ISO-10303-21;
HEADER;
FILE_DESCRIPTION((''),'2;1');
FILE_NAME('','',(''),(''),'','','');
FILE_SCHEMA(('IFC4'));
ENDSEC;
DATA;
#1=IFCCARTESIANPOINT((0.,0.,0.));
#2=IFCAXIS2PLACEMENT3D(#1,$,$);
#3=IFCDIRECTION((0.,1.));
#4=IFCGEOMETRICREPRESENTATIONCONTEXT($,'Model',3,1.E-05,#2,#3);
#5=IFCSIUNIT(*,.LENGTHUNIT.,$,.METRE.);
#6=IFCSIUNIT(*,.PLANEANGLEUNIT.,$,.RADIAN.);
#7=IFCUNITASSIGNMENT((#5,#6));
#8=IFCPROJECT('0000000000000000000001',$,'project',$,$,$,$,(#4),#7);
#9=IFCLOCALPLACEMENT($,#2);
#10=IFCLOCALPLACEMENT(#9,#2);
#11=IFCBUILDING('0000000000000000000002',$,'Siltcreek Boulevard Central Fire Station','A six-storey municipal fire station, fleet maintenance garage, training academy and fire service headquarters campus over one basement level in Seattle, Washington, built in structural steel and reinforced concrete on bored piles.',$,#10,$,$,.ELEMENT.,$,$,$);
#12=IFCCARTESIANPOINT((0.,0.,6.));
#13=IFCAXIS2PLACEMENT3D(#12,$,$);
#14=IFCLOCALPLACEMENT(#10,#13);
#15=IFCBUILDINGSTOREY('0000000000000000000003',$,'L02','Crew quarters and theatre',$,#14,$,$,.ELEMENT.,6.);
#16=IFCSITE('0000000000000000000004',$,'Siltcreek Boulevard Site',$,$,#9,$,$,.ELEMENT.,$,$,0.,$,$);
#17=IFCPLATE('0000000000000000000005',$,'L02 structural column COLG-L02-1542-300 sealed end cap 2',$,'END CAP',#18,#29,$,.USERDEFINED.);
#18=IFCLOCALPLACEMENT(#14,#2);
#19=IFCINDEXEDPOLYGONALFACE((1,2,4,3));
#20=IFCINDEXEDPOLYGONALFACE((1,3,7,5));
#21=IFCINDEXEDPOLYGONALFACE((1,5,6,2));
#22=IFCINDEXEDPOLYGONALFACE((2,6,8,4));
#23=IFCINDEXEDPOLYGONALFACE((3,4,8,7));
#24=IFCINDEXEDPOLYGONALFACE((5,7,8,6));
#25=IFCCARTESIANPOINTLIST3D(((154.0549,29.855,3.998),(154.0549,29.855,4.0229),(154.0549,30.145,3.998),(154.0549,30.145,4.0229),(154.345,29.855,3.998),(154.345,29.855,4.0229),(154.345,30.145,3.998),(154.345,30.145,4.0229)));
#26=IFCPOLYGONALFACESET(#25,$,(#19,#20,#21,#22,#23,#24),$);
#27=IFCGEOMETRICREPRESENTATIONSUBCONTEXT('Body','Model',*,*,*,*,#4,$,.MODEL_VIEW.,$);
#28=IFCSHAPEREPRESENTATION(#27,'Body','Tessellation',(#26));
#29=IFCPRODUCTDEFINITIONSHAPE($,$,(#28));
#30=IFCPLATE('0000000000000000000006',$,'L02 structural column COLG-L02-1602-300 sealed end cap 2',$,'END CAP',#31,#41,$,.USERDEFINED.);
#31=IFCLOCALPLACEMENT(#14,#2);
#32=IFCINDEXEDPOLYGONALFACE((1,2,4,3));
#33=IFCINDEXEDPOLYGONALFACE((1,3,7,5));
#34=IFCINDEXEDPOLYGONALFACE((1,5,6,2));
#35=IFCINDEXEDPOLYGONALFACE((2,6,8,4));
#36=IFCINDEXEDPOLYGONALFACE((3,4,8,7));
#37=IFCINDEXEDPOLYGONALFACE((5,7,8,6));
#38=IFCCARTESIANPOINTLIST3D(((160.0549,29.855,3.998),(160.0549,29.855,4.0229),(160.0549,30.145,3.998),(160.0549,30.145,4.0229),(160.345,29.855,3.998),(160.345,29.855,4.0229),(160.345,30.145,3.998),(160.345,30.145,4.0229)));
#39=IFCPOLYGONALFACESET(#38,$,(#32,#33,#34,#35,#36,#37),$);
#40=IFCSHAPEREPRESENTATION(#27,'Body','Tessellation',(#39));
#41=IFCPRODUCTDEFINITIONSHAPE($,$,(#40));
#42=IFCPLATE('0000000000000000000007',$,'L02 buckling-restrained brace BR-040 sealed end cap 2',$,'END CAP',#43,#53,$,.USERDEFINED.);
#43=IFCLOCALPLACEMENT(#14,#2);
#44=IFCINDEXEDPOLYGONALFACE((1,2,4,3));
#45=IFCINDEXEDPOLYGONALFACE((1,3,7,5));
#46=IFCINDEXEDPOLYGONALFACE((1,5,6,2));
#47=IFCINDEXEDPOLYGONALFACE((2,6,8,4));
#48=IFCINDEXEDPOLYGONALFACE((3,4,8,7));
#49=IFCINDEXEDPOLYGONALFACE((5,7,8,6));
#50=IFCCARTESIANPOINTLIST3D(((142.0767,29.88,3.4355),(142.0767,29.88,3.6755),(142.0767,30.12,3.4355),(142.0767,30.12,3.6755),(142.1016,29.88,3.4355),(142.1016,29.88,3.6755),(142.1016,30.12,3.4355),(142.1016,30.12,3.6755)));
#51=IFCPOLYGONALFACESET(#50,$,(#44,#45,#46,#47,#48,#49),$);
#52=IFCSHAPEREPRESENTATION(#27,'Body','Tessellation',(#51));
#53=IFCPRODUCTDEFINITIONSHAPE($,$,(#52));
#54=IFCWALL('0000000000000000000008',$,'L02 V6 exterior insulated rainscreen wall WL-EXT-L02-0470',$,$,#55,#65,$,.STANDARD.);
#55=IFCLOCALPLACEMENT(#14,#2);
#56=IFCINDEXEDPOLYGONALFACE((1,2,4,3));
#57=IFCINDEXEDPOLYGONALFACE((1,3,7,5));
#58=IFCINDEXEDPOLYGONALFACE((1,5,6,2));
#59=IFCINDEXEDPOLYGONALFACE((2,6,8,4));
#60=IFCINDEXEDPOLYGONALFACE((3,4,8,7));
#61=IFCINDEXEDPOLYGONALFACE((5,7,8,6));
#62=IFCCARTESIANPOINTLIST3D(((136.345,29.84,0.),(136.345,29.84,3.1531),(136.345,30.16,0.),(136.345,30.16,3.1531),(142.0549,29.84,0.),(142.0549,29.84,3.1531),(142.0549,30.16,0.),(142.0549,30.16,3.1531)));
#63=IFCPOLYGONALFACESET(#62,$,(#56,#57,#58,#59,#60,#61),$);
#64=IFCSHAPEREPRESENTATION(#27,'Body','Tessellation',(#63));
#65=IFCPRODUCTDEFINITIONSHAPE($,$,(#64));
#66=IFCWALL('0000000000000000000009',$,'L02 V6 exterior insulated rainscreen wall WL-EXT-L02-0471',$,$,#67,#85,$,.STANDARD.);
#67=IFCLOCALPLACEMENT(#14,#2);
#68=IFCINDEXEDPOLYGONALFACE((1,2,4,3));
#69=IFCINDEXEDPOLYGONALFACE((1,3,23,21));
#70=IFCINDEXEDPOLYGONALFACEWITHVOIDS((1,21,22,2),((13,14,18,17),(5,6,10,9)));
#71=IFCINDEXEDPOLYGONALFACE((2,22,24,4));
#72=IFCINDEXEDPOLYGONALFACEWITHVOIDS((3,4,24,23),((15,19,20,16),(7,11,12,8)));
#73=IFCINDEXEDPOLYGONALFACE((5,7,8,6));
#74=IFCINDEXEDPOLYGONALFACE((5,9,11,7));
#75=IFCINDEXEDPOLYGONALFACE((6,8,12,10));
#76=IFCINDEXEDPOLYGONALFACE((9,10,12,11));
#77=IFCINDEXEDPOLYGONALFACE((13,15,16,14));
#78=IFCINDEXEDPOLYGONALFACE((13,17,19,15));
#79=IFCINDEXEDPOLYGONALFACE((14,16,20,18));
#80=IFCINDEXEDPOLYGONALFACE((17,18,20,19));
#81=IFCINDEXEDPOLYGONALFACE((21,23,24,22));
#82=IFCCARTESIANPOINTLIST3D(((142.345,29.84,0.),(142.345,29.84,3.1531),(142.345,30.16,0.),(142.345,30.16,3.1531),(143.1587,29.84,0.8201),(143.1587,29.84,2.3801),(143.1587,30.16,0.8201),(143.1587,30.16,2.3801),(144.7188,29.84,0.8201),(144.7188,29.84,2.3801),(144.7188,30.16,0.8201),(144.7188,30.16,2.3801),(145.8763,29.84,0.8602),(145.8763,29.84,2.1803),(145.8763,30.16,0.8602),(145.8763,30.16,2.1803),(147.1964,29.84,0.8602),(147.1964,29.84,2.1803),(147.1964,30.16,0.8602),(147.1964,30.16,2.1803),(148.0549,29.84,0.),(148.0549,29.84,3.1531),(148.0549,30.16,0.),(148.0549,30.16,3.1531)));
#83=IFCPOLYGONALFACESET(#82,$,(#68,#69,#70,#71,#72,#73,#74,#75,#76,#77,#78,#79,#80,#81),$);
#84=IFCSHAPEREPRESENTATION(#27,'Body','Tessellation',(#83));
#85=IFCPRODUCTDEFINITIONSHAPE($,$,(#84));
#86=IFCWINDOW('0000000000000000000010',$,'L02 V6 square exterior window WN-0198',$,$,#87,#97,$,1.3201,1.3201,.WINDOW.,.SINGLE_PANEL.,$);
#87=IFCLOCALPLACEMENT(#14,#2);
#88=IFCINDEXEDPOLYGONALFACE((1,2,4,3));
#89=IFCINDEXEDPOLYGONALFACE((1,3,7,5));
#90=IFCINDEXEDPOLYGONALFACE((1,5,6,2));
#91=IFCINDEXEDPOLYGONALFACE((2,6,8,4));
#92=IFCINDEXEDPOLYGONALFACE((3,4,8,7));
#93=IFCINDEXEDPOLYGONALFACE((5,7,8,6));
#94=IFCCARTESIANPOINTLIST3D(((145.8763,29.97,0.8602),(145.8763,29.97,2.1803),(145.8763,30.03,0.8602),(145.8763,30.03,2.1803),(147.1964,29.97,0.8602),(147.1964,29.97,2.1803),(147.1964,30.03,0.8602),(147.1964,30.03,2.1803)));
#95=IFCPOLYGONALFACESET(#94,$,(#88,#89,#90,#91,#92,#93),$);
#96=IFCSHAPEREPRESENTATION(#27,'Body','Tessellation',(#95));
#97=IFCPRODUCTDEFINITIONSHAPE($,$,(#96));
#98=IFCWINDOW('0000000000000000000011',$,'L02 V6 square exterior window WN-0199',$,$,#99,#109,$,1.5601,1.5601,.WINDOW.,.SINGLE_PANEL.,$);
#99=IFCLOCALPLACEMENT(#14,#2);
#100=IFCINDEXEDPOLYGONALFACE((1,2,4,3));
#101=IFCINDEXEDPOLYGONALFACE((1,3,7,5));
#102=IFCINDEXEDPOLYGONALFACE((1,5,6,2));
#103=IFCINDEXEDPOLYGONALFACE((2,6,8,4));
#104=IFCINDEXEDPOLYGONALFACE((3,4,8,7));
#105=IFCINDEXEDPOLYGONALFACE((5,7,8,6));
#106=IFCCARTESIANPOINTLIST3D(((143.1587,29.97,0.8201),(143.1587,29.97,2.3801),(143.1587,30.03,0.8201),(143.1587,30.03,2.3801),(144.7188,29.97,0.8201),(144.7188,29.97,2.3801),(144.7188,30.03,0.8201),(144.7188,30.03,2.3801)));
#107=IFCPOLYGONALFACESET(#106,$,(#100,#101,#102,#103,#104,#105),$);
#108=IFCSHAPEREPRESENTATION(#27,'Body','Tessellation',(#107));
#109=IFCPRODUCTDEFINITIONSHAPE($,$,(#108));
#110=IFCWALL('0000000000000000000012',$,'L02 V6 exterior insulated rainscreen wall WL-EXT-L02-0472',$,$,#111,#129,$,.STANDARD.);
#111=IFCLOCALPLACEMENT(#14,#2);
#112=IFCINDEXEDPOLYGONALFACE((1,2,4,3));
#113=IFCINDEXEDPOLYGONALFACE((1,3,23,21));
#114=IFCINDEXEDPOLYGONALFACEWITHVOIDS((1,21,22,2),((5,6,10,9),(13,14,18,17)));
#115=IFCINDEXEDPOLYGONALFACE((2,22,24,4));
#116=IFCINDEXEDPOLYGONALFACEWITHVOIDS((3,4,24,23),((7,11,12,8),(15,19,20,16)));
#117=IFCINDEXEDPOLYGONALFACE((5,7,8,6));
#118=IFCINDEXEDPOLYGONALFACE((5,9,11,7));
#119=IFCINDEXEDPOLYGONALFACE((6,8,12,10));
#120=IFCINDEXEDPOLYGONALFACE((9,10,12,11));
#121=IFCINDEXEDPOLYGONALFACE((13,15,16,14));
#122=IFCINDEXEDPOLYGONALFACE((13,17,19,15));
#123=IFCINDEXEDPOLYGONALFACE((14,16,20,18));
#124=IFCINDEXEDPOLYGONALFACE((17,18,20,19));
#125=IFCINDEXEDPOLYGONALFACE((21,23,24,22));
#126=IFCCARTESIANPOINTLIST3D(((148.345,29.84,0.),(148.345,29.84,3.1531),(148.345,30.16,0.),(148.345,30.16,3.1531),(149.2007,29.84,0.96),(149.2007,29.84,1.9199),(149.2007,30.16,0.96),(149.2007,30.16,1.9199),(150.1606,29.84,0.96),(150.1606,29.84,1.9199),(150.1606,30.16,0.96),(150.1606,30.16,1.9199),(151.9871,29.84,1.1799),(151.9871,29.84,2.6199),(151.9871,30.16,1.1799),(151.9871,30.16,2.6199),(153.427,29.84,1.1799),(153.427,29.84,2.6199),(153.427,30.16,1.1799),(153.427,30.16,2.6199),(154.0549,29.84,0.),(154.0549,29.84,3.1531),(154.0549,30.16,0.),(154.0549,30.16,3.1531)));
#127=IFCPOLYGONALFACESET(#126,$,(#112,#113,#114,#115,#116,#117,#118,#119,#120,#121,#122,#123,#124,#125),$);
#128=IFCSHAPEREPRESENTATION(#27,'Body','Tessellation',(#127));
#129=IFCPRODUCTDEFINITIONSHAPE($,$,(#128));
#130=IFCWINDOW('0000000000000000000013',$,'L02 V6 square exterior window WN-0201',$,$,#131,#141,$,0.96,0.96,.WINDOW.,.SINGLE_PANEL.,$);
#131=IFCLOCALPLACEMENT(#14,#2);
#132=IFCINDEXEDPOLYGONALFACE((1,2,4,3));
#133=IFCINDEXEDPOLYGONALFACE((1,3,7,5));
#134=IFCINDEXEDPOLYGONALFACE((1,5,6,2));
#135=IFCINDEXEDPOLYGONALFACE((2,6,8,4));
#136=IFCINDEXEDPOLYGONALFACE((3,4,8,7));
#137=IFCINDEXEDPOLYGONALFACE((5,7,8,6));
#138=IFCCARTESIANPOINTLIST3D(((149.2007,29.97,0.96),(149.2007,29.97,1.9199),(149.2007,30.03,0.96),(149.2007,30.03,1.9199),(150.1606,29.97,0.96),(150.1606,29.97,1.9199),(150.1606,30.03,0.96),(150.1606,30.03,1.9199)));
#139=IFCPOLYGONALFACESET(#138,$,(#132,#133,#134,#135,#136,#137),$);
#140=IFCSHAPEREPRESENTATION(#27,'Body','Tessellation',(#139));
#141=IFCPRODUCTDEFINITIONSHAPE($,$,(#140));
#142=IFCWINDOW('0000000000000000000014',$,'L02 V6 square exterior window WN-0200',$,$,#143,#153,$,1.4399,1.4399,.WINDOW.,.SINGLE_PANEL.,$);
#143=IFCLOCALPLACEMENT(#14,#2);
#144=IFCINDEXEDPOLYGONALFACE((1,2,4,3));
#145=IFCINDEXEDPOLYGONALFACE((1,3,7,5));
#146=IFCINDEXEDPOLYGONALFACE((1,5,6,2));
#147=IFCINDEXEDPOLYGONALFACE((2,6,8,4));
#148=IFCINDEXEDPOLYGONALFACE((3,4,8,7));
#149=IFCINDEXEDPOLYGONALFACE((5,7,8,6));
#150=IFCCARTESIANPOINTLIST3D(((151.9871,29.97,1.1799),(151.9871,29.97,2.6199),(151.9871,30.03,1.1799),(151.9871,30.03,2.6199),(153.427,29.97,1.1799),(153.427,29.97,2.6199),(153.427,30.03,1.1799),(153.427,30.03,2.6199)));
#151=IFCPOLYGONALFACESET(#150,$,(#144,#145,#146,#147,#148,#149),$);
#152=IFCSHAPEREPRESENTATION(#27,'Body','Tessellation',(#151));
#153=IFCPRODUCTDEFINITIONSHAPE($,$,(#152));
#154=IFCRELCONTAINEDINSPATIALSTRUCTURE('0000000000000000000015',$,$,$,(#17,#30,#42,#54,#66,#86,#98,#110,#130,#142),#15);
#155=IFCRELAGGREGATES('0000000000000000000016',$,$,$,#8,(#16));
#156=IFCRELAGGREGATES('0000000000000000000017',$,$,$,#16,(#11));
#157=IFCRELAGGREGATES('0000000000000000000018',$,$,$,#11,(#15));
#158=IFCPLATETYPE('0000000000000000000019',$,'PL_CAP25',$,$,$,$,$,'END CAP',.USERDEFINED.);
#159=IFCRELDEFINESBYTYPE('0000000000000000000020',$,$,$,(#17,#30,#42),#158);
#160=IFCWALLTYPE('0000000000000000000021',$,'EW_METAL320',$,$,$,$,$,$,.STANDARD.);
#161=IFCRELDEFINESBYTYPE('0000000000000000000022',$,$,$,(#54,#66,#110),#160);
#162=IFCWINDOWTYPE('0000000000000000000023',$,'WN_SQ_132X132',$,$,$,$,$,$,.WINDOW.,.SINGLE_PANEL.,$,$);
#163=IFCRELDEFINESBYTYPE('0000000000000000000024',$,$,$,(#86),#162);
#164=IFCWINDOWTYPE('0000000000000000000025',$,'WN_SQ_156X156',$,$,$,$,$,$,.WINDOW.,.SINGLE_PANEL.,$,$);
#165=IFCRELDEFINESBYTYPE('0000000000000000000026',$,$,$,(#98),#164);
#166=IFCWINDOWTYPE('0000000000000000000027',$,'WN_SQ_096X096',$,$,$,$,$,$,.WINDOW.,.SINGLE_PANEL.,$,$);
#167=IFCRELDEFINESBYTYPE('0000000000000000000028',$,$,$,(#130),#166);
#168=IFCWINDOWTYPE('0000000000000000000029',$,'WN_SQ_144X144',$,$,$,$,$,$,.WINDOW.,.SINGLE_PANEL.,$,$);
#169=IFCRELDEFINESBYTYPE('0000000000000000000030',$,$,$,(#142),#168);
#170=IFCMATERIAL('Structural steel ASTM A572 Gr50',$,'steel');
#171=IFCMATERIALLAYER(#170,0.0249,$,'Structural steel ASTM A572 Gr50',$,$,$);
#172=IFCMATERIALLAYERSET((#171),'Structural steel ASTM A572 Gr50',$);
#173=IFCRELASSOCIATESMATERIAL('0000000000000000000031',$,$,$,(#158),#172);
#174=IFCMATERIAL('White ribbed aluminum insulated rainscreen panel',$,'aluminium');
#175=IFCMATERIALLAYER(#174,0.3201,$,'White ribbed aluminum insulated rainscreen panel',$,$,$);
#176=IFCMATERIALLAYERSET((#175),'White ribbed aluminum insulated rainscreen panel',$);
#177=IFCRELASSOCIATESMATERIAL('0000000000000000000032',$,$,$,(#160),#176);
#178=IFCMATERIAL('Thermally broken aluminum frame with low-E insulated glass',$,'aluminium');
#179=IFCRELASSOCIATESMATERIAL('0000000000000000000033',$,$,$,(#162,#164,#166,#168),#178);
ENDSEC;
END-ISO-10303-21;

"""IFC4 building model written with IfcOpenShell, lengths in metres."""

from ifc_helpers import new_model, si_unit, direction, frame, frame_2d, origin, origin_2d, place, context, subcontext, project, spatial, rectangle, extrude, material, layer, layer_set, type_object, element, fill, save


model = new_model("IFC4")

# Units and contexts
model_context = context("Model", 3, precision=1e-05, world=origin(), true_north=direction((0.0, 1.0)))
body_context = subcontext(model_context, "Body", "Model", "MODEL_VIEW")
ifc_project = project(units=[si_unit("LENGTHUNIT", "METRE"), si_unit("PLANEANGLEUNIT", "RADIAN")], contexts=[model_context])

# Site, building, storey
site_placement = place(None, origin())
site = spatial("IfcSite", under=ifc_project, at=site_placement, Name="Siltcreek Boulevard Site", CompositionType="ELEMENT", RefElevation=0.0)
building_placement = place(site_placement, origin())
building = spatial("IfcBuilding", under=site, at=building_placement, Name="Siltcreek Boulevard Central Fire Station", Description="A six-storey municipal fire station, fleet maintenance garage, training academy and fire service headquarters campus over one basement level in Seattle, Washington, built in structural steel and reinforced concrete on bored piles.", CompositionType="ELEMENT")
storey_placement = place(building_placement, frame((0.0, 0.0, 6.0)))
storey = spatial("IfcBuildingStorey", under=building, at=storey_placement, Name="L02", Description="Crew quarters and theatre", CompositionType="ELEMENT", Elevation=6.0)

# Plates
ifc_material_1 = material(Name="Structural steel ASTM A572 Gr50", Category="steel")
ifc_layer_1 = layer(ifc_material_1, 0.0249, Name="Structural steel ASTM A572 Gr50")
ifc_layer_set_1 = layer_set([ifc_layer_1], Name="Structural steel ASTM A572 Gr50")
plate_type = type_object("IfcPlateType", Name="PL_CAP25", ElementType="END CAP", PredefinedType="USERDEFINED", material=ifc_layer_set_1)
for number, where, z_axis, x_axis, name in (
    (1, (154.2, 30.0, 3.998), (0.0, 0.0, 1.0), (1.0, 0.0, 0.0), "L02 structural column COLG-L02-1542-300 sealed end cap 2"),
    (2, (160.2, 30.0, 3.998), (0.0, 0.0, 1.0), (1.0, 0.0, 0.0), "L02 structural column COLG-L02-1602-300 sealed end cap 2"),
):
    element("IfcPlate", number, at=place(storey_placement, frame(where, z_axis=z_axis, x_axis=x_axis)), inside=storey, type_object=plate_type, Name=name, ObjectType="END CAP", PredefinedType="USERDEFINED", context=body_context, shape_type="SweptSolid", body=[
        extrude(rectangle(XDim=0.29, YDim=0.29, at=origin_2d()), origin(), (0.0, 0.0, 1.0), 0.0249),
    ])
plate_placement = place(storey_placement, frame((142.0891, 30.0, 3.4355), z_axis=(0.0, 0.0, 1.0), x_axis=(1.0, 0.0, 0.0)))
element("IfcPlate", 3, at=plate_placement, inside=storey, type_object=plate_type, Name="L02 buckling-restrained brace BR-040 sealed end cap 2", ObjectType="END CAP", PredefinedType="USERDEFINED", context=body_context, shape_type="SweptSolid", body=[
    extrude(rectangle(XDim=0.0249, YDim=0.24, at=origin_2d()), origin(), (0.0, 0.0, 1.0), 0.24),
])

# Wall
ifc_material_2 = material(Name="White ribbed aluminum insulated rainscreen panel", Category="aluminium")
ifc_layer_2 = layer(ifc_material_2, 0.3201, Name="White ribbed aluminum insulated rainscreen panel")
ifc_layer_set_2 = layer_set([ifc_layer_2], Name="White ribbed aluminum insulated rainscreen panel")
wall_type = type_object("IfcWallType", Name="EW_METAL320", PredefinedType="STANDARD", material=ifc_layer_set_2)
wall_1_placement = place(storey_placement, frame((142.0549, 30.0, 0.0), z_axis=(0.0, 0.0, 1.0), x_axis=(-1.0, 0.0, 0.0)))
element("IfcWall", 4, at=wall_1_placement, inside=storey, type_object=wall_type, Name="L02 V6 exterior insulated rainscreen wall WL-EXT-L02-0470", PredefinedType="STANDARD", context=body_context, shape_type="SweptSolid", body=[
    extrude(rectangle(XDim=5.71, YDim=0.3201, at=frame_2d((2.855, 0.0))), origin(), (0.0, 0.0, 1.0), 3.1531),
])

# Walls, openings, windows
wall_2_placement = place(storey_placement, frame((148.0549, 30.0, 0.0), z_axis=(0.0, 0.0, 1.0), x_axis=(-1.0, 0.0, 0.0)))
wall_2 = element("IfcWall", 5, at=wall_2_placement, inside=storey, type_object=wall_type, Name="L02 V6 exterior insulated rainscreen wall WL-EXT-L02-0471", PredefinedType="STANDARD", context=body_context, shape_type="SweptSolid", body=[
    extrude(rectangle(XDim=5.71, YDim=0.3201, at=frame_2d((2.855, 0.0))), origin(), (0.0, 0.0, 1.0), 3.1531),
])
opening_1_placement = place(wall_2_placement, frame((0.8584, 0.0, 0.8601)))
opening_1 = element("IfcOpeningElement", 6, at=opening_1_placement, cuts=wall_2, PredefinedType="OPENING", context=body_context, shape_type="SweptSolid", body=[
    extrude(rectangle(XDim=1.3201, YDim=1.3201, at=frame_2d((0.6602, 0.6602))), frame((0.0, 0.1699, 0.0), z_axis=(0.0, -1.0, 0.0), x_axis=(1.0, 0.0, 0.0)), (0.0, 0.0, 1.0), 0.3401),
])
opening_2_placement = place(wall_2_placement, frame((3.3362, 0.0, 0.8201)))
opening_2 = element("IfcOpeningElement", 7, at=opening_2_placement, cuts=wall_2, PredefinedType="OPENING", context=body_context, shape_type="SweptSolid", body=[
    extrude(rectangle(XDim=1.5601, YDim=1.5601, at=frame_2d((0.78, 0.78))), frame((0.0, 0.1699, 0.0), z_axis=(0.0, -1.0, 0.0), x_axis=(1.0, 0.0, 0.0)), (0.0, 0.0, 1.0), 0.3401),
])
ifc_material_3 = material(Name="Thermally broken aluminum frame with low-E insulated glass", Category="aluminium")
window_type_1 = type_object("IfcWindowType", Name="WN_SQ_132X132", PartitioningType="SINGLE_PANEL", PredefinedType="WINDOW", material=ifc_material_3)
window_1_placement = place(opening_1_placement, origin())
window_1 = element("IfcWindow", 8, at=window_1_placement, inside=storey, type_object=window_type_1, Name="L02 V6 square exterior window WN-0198", OverallHeight=1.3201, OverallWidth=1.3201, PartitioningType="SINGLE_PANEL", PredefinedType="WINDOW", context=body_context, shape_type="SweptSolid", body=[
    extrude(rectangle(XDim=1.3201, YDim=1.3201, at=frame_2d((0.6602, 0.6602))), frame((0.0, 0.03, 0.0), z_axis=(0.0, -1.0, 0.0), x_axis=(1.0, 0.0, 0.0)), (0.0, 0.0, 1.0), 0.0601),
])
fill(opening_1, window_1)
window_type_2 = type_object("IfcWindowType", Name="WN_SQ_156X156", PartitioningType="SINGLE_PANEL", PredefinedType="WINDOW", material=ifc_material_3)
window_2_placement = place(opening_2_placement, origin())
window_2 = element("IfcWindow", 9, at=window_2_placement, inside=storey, type_object=window_type_2, Name="L02 V6 square exterior window WN-0199", OverallHeight=1.5601, OverallWidth=1.5601, PartitioningType="SINGLE_PANEL", PredefinedType="WINDOW", context=body_context, shape_type="SweptSolid", body=[
    extrude(rectangle(XDim=1.5601, YDim=1.5601, at=frame_2d((0.78, 0.78))), frame((0.0, 0.03, 0.0), z_axis=(0.0, -1.0, 0.0), x_axis=(1.0, 0.0, 0.0)), (0.0, 0.0, 1.0), 0.0601),
])
fill(opening_2, window_2)
wall_3_placement = place(storey_placement, frame((154.0549, 30.0, 0.0), z_axis=(0.0, 0.0, 1.0), x_axis=(-1.0, 0.0, 0.0)))
wall_3 = element("IfcWall", 10, at=wall_3_placement, inside=storey, type_object=wall_type, Name="L02 V6 exterior insulated rainscreen wall WL-EXT-L02-0472", PredefinedType="STANDARD", context=body_context, shape_type="SweptSolid", body=[
    extrude(rectangle(XDim=5.71, YDim=0.3201, at=frame_2d((2.855, 0.0))), origin(), (0.0, 0.0, 1.0), 3.1531),
])
opening_3_placement = place(wall_3_placement, frame((0.6279, 0.0, 1.1799)))
opening_3 = element("IfcOpeningElement", 11, at=opening_3_placement, cuts=wall_3, PredefinedType="OPENING", context=body_context, shape_type="SweptSolid", body=[
    extrude(rectangle(XDim=1.4399, YDim=1.4399, at=frame_2d((0.72, 0.72))), frame((0.0, 0.1699, 0.0), z_axis=(0.0, -1.0, 0.0), x_axis=(1.0, 0.0, 0.0)), (0.0, 0.0, 1.0), 0.3401),
])
opening_4_placement = place(wall_3_placement, frame((3.8943, 0.0, 0.96)))
opening_4 = element("IfcOpeningElement", 12, at=opening_4_placement, cuts=wall_3, PredefinedType="OPENING", context=body_context, shape_type="SweptSolid", body=[
    extrude(rectangle(XDim=0.96, YDim=0.96, at=frame_2d((0.48, 0.48))), frame((0.0, 0.1699, 0.0), z_axis=(0.0, -1.0, 0.0), x_axis=(1.0, 0.0, 0.0)), (0.0, 0.0, 1.0), 0.3401),
])
window_type_3 = type_object("IfcWindowType", Name="WN_SQ_096X096", PartitioningType="SINGLE_PANEL", PredefinedType="WINDOW", material=ifc_material_3)
window_3_placement = place(opening_4_placement, origin())
window_3 = element("IfcWindow", 13, at=window_3_placement, inside=storey, type_object=window_type_3, Name="L02 V6 square exterior window WN-0201", OverallHeight=0.96, OverallWidth=0.96, PartitioningType="SINGLE_PANEL", PredefinedType="WINDOW", context=body_context, shape_type="SweptSolid", body=[
    extrude(rectangle(XDim=0.96, YDim=0.96, at=frame_2d((0.48, 0.48))), frame((0.0, 0.03, 0.0), z_axis=(0.0, -1.0, 0.0), x_axis=(1.0, 0.0, 0.0)), (0.0, 0.0, 1.0), 0.0601),
])
fill(opening_4, window_3)
window_type_4 = type_object("IfcWindowType", Name="WN_SQ_144X144", PartitioningType="SINGLE_PANEL", PredefinedType="WINDOW", material=ifc_material_3)
window_4_placement = place(opening_3_placement, origin())
window_4 = element("IfcWindow", 14, at=window_4_placement, inside=storey, type_object=window_type_4, Name="L02 V6 square exterior window WN-0200", OverallHeight=1.4399, OverallWidth=1.4399, PartitioningType="SINGLE_PANEL", PredefinedType="WINDOW", context=body_context, shape_type="SweptSolid", body=[
    extrude(rectangle(XDim=1.4399, YDim=1.4399, at=frame_2d((0.72, 0.72))), frame((0.0, 0.03, 0.0), z_axis=(0.0, -1.0, 0.0), x_axis=(1.0, 0.0, 0.0)), (0.0, 0.0, 1.0), 0.0601),
])
fill(opening_3, window_4)

save(model, "model.ifc")
